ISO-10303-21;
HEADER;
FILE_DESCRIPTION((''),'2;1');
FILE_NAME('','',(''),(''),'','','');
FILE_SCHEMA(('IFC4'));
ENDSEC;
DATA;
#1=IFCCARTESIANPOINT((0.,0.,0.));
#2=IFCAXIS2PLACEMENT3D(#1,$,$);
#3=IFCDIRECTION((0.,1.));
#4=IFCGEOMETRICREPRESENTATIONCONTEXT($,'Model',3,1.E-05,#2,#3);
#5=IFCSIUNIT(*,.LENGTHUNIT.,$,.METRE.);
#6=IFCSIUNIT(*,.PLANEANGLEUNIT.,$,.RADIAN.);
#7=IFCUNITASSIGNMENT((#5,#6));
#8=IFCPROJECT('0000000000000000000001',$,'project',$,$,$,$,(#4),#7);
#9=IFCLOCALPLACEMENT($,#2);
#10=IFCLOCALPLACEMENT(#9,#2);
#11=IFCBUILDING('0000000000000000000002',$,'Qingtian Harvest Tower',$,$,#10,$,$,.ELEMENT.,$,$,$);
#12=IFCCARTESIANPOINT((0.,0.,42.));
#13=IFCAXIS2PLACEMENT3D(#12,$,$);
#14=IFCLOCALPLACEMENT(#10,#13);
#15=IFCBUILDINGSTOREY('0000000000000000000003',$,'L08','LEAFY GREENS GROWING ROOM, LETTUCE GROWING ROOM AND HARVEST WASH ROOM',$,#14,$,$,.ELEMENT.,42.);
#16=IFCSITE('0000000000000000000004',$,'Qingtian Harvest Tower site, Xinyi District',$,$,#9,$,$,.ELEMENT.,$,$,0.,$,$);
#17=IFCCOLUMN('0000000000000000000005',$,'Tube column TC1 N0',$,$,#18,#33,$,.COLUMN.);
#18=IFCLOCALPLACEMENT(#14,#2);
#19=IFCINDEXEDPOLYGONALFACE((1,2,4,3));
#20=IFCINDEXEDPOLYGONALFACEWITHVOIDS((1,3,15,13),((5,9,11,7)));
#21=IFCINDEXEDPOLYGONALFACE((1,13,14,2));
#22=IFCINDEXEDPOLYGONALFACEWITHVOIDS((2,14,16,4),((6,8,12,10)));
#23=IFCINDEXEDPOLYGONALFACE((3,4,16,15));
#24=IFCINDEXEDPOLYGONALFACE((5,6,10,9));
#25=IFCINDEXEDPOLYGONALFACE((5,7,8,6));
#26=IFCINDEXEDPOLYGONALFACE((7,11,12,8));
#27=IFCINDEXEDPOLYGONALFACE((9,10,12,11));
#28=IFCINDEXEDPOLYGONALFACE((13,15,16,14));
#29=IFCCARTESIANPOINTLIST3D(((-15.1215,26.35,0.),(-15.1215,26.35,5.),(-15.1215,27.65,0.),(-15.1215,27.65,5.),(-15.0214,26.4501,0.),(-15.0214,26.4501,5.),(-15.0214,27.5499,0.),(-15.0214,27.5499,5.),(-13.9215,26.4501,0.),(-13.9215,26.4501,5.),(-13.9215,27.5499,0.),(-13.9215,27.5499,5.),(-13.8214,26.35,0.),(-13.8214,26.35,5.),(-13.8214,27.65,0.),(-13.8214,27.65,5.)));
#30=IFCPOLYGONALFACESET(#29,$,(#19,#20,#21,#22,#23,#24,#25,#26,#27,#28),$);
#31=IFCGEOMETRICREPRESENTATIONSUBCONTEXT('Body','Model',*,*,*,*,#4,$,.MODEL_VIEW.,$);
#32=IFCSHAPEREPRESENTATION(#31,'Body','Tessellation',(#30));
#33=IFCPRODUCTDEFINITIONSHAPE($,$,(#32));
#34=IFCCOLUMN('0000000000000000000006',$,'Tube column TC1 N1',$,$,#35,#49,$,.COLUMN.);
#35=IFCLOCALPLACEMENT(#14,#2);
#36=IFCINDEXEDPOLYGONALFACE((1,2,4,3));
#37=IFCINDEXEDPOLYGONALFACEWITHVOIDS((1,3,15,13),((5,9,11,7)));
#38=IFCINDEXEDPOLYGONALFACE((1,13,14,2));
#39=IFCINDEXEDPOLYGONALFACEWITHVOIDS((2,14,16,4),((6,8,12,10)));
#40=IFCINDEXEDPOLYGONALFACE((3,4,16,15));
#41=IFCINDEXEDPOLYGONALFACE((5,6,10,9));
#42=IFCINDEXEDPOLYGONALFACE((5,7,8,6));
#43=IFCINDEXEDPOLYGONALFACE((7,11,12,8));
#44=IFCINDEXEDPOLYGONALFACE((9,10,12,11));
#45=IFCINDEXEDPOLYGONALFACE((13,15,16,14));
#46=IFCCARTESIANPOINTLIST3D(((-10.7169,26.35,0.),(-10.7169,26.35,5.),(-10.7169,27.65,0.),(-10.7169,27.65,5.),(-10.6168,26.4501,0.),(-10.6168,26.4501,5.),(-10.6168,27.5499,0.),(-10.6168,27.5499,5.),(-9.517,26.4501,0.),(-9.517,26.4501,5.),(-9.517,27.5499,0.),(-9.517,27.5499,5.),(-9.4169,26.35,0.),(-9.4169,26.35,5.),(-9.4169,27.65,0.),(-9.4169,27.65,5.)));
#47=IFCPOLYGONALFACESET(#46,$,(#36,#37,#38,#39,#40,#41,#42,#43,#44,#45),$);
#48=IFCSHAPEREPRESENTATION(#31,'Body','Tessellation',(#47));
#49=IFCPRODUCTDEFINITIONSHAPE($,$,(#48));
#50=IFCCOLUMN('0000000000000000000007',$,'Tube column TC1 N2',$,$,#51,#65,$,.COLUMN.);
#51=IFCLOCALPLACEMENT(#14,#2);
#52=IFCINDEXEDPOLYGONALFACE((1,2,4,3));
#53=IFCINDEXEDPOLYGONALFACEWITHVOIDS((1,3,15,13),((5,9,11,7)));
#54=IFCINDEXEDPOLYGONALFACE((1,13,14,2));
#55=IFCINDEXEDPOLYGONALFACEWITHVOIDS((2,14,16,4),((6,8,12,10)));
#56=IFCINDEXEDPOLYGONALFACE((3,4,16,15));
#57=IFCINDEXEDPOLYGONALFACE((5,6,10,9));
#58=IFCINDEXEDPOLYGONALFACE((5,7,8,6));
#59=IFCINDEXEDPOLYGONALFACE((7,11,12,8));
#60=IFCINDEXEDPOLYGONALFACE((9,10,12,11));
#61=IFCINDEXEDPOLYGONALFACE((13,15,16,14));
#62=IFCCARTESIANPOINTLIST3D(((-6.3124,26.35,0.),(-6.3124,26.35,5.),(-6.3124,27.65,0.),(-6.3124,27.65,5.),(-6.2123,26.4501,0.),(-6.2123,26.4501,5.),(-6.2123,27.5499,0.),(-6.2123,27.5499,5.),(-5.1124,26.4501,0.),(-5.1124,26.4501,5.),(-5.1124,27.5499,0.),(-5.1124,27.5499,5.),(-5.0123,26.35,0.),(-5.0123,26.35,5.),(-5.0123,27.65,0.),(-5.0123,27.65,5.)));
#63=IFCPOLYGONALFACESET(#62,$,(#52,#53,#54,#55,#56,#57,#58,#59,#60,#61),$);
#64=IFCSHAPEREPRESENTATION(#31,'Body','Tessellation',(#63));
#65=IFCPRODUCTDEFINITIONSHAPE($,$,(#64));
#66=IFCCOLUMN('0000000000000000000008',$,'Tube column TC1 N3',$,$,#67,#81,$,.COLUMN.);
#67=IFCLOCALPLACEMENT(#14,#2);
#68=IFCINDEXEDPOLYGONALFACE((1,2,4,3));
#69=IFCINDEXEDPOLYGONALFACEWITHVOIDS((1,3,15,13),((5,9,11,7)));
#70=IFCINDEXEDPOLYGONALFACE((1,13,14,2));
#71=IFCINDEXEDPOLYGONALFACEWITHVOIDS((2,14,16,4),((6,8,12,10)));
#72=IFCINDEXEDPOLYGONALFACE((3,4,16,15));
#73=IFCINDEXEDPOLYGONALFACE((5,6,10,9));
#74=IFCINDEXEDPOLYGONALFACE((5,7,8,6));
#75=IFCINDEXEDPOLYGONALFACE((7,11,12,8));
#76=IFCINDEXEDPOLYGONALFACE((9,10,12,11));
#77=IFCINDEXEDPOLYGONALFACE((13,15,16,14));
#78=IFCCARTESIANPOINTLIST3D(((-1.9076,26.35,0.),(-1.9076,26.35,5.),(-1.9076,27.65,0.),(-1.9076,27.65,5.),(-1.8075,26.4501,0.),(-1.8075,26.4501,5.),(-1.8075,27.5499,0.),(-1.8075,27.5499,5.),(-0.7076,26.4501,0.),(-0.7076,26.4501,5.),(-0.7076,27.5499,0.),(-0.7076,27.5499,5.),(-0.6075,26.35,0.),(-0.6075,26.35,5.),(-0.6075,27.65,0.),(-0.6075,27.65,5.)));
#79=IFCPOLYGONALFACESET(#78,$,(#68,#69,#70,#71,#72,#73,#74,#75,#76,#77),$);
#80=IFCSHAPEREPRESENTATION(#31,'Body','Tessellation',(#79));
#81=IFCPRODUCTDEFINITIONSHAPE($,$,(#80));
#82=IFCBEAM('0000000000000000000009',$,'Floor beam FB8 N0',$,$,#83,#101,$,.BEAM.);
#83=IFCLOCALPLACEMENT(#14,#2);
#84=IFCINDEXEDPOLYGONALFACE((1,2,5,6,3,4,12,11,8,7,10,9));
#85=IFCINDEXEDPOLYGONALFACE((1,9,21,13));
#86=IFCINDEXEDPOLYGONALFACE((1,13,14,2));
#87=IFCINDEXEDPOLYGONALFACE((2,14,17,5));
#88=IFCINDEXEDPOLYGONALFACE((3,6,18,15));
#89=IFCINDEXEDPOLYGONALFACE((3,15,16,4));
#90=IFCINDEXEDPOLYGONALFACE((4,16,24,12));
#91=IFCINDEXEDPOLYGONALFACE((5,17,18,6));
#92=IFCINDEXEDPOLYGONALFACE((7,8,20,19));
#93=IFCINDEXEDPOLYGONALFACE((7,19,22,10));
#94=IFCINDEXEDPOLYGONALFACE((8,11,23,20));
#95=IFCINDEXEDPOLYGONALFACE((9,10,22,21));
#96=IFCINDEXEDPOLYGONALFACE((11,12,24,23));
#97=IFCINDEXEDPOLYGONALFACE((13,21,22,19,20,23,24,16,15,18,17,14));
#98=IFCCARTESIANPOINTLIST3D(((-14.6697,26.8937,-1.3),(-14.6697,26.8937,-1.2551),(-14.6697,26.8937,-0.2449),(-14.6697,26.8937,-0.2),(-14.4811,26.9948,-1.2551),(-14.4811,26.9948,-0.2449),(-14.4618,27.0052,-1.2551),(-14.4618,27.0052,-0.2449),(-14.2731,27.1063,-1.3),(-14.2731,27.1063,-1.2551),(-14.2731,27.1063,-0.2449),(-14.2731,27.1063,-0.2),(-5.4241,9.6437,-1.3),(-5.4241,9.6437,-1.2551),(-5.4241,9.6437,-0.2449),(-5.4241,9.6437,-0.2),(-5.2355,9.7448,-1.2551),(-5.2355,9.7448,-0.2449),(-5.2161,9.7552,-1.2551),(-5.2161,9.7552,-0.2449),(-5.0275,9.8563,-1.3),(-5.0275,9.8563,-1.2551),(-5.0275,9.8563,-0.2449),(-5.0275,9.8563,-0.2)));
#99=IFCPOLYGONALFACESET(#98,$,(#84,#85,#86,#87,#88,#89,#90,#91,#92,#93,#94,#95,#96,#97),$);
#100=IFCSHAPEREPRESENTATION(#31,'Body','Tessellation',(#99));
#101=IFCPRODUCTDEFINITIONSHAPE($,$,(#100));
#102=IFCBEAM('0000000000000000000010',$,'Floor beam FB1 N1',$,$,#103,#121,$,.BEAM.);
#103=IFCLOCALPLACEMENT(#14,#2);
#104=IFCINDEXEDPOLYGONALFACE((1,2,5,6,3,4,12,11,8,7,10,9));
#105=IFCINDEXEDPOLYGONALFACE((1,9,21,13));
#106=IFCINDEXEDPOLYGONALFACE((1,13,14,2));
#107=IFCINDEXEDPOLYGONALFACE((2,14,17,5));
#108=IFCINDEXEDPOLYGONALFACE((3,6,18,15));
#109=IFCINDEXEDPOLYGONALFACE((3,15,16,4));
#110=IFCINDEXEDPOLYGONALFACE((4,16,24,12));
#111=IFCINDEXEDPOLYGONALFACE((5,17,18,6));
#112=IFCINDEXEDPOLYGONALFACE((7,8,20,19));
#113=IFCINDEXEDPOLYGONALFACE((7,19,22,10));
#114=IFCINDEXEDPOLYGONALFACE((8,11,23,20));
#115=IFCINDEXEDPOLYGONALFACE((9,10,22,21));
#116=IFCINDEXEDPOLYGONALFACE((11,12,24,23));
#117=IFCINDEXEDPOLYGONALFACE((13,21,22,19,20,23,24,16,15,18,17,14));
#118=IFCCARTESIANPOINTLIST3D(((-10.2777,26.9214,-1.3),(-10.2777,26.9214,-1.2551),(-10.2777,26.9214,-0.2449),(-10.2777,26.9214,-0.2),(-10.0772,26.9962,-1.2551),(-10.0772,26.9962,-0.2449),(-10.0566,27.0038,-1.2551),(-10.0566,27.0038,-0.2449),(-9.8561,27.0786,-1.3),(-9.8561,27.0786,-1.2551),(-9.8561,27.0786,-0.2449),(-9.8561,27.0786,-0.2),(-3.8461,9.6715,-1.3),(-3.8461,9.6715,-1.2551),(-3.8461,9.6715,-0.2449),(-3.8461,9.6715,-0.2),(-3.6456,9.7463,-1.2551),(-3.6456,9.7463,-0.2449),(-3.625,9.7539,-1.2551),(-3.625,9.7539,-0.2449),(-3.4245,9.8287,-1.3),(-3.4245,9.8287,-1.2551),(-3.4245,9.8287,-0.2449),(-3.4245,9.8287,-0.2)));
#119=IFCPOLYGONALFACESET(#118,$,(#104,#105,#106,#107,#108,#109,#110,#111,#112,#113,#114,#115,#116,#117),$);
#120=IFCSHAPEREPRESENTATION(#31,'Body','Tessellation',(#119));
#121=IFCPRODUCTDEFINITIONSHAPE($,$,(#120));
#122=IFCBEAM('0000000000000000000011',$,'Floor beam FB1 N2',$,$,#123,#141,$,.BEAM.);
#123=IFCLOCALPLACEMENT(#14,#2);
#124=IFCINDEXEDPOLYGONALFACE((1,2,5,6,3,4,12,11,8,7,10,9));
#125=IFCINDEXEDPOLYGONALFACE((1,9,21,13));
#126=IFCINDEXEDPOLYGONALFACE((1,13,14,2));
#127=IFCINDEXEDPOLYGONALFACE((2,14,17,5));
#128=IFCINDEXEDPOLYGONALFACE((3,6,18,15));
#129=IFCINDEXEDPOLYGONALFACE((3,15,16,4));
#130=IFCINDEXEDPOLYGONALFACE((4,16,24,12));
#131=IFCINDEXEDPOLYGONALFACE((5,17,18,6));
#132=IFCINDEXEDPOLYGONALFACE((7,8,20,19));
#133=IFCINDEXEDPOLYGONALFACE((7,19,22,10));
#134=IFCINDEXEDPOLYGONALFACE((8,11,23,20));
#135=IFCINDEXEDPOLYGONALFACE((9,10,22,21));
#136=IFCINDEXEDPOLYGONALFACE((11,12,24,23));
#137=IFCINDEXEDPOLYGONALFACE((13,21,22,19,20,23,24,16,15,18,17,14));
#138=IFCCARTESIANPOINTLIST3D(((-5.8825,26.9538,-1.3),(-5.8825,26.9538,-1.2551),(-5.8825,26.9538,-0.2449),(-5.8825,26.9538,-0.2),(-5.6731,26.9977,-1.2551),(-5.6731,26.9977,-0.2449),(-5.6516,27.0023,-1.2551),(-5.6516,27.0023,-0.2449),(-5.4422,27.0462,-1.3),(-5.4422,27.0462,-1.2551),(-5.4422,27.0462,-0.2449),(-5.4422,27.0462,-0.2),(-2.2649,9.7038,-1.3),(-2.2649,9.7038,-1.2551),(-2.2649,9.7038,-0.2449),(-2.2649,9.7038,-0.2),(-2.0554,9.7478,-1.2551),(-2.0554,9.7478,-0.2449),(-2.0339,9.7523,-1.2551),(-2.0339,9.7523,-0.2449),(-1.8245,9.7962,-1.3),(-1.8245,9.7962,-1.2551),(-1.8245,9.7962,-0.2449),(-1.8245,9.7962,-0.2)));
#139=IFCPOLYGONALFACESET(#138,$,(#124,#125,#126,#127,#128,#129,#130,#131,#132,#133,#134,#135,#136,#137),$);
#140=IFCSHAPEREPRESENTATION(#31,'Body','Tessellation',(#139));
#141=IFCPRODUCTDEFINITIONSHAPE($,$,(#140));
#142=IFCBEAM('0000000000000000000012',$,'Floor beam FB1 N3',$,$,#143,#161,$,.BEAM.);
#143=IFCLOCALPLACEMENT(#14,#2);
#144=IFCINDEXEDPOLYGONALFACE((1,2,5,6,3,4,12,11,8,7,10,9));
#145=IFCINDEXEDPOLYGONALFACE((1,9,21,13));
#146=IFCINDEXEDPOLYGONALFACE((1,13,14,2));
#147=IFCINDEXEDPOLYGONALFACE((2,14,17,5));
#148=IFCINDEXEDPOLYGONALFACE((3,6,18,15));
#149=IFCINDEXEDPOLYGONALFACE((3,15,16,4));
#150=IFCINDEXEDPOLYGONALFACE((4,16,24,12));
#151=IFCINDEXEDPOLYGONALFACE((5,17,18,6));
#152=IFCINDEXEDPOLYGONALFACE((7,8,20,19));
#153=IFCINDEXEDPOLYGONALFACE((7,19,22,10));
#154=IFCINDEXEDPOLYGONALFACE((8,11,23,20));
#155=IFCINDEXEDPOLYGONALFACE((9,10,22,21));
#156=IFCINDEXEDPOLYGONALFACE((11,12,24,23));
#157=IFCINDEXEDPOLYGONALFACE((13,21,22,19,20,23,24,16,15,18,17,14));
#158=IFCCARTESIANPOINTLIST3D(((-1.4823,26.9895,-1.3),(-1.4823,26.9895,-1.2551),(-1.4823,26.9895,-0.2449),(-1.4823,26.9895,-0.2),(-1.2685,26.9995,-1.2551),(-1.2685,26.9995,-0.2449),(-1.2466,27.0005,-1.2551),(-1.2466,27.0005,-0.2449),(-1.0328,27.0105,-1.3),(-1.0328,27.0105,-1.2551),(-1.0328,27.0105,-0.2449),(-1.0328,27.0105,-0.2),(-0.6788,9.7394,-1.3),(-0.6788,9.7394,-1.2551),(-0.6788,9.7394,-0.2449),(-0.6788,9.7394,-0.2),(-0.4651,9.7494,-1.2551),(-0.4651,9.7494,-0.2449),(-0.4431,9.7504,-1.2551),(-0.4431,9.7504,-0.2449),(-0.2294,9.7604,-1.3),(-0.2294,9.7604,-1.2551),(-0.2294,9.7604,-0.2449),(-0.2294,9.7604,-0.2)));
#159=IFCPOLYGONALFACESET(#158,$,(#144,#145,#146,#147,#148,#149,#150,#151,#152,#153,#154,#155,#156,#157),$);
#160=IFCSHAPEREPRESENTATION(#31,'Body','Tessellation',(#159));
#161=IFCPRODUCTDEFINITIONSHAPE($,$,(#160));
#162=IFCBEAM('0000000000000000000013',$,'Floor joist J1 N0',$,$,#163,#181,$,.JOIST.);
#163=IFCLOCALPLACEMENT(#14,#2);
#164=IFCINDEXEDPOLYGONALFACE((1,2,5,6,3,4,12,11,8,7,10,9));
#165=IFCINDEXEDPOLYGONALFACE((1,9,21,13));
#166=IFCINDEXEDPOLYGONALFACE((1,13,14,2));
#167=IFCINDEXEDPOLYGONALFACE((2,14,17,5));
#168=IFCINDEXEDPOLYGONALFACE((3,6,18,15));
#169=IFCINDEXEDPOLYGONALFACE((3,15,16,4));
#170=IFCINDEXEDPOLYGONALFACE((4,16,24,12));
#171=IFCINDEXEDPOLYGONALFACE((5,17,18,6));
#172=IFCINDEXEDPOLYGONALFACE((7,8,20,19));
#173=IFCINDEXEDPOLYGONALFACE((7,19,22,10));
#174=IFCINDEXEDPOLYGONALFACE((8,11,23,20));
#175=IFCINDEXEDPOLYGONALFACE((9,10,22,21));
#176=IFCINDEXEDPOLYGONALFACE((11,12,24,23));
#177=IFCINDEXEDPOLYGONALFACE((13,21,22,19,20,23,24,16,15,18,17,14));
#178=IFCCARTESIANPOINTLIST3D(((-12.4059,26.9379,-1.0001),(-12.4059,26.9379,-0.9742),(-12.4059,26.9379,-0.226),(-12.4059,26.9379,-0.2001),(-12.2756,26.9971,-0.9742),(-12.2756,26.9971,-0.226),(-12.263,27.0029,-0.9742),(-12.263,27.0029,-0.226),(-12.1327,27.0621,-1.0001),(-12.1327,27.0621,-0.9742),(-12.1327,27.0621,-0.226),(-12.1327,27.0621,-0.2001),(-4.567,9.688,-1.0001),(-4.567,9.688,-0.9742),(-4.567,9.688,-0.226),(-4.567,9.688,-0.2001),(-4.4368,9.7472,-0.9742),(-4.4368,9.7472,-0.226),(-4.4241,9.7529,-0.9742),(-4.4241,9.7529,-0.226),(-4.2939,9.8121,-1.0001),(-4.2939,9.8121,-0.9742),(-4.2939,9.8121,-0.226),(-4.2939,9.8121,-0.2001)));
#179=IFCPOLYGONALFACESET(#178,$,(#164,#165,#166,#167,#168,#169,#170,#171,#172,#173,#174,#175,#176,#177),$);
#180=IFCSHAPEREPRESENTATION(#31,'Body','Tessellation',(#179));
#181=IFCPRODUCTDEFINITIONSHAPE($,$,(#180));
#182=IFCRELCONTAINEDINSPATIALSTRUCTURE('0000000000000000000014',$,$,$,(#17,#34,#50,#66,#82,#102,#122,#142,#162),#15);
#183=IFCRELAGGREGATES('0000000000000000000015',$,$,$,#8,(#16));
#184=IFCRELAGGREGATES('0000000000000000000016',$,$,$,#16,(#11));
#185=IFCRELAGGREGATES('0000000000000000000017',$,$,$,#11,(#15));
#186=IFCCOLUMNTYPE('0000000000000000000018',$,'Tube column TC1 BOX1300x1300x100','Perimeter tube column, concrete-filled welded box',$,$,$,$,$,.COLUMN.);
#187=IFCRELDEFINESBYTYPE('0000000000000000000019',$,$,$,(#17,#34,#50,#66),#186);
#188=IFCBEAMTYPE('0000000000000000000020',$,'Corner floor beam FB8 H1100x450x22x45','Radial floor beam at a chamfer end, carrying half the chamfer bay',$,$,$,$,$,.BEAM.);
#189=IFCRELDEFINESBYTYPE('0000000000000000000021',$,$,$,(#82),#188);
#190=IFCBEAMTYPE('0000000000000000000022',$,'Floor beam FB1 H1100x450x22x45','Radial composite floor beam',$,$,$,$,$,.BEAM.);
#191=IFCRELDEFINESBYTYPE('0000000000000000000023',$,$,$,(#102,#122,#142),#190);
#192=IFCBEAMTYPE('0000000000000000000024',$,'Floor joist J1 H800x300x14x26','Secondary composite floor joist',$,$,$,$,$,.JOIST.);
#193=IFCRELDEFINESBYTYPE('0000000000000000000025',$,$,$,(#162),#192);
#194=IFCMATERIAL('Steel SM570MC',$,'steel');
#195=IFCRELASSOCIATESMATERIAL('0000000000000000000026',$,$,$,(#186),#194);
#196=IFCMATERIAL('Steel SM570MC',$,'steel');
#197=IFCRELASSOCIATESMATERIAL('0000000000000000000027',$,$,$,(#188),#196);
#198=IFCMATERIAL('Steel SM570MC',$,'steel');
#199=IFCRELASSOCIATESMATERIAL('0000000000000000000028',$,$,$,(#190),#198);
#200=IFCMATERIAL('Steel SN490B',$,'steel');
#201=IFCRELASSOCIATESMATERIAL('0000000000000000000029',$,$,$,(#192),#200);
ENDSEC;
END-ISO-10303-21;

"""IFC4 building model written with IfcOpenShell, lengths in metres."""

from ifc_helpers import new_model, si_unit, direction, frame, origin, origin_2d, place, context, subcontext, project, spatial, hollow_rectangle, i_section, extrude, material, material_profile, profile_set, type_object, element, save


model = new_model("IFC4")

# Units and contexts
model_context = context("Model", 3, precision=1e-05, world=origin(), true_north=direction((0.0, 1.0)))
body_context = subcontext(model_context, "Body", "Model", "MODEL_VIEW")
ifc_project = project(units=[si_unit("LENGTHUNIT", "METRE"), si_unit("PLANEANGLEUNIT", "RADIAN")], contexts=[model_context])

# Site, building, storey
site_placement = place(None, origin())
site = spatial("IfcSite", under=ifc_project, at=site_placement, Name="Qingtian Harvest Tower site, Xinyi District", CompositionType="ELEMENT", RefElevation=0.0)
building_placement = place(site_placement, origin())
building = spatial("IfcBuilding", under=site, at=building_placement, Name="Qingtian Harvest Tower", CompositionType="ELEMENT")
storey_placement = place(building_placement, frame((0.0, 0.0, 42.0)))
storey = spatial("IfcBuildingStorey", under=building, at=storey_placement, Name="L08", Description="LEAFY GREENS GROWING ROOM, LETTUCE GROWING ROOM AND HARVEST WASH ROOM", CompositionType="ELEMENT", Elevation=42.0)

# Columns
ifc_material_1 = material(Name="Steel SM570MC", Category="steel")
ifc_material_profile_1 = material_profile(ifc_material_1, hollow_rectangle(XDim=1.3, YDim=1.3, WallThickness=0.1001, at=origin_2d()), Name="BOX1300x1300x100")
ifc_profile_set_1 = profile_set([ifc_material_profile_1], Name="Steel SM570MC")
column_type = type_object("IfcColumnType", Name="Tube column TC1 BOX1300x1300x100", Description="Perimeter tube column, concrete-filled welded box", PredefinedType="COLUMN", material=ifc_profile_set_1)
for number, where, z_axis, x_axis, name in (
    (1, (-14.4714, 27.0, 0.0), (0.0, 0.0, 1.0), (-1.0, 0.0, 0.0), "Tube column TC1 N0"),
    (2, (-10.0669, 27.0, 0.0), (0.0, 0.0, 1.0), (-1.0, 0.0, 0.0), "Tube column TC1 N1"),
    (3, (-5.6624, 27.0, 0.0), (0.0, 0.0, 1.0), (-1.0, 0.0, 0.0), "Tube column TC1 N2"),
    (4, (-1.2576, 27.0, 0.0), (0.0, 0.0, 1.0), (-1.0, 0.0, 0.0), "Tube column TC1 N3"),
):
    element("IfcColumn", number, at=place(storey_placement, frame(where, z_axis=z_axis, x_axis=x_axis)), inside=storey, type_object=column_type, Name=name, PredefinedType="COLUMN", context=body_context, shape_type="SweptSolid", body=[
        extrude(hollow_rectangle(XDim=1.3, YDim=1.3, WallThickness=0.1001, at=origin_2d()), origin(), (0.0, 0.0, 1.0), 5.0),
    ])

# Beams
ifc_material_2 = material(Name="Steel SM570MC", Category="steel")
ifc_material_profile_2 = material_profile(ifc_material_2, i_section(OverallWidth=0.45, OverallDepth=1.1001, WebThickness=0.022, FlangeThickness=0.0449, at=origin_2d()), Name="H1100x450x22x45")
ifc_profile_set_2 = profile_set([ifc_material_profile_2], Name="Steel SM570MC")
beam_type_1 = type_object("IfcBeamType", Name="Corner floor beam FB8 H1100x450x22x45", Description="Radial floor beam at a chamfer end, carrying half the chamfer bay", PredefinedType="BEAM", material=ifc_profile_set_2)
beam_1_placement = place(storey_placement, frame((-14.4714, 27.0, -0.75), z_axis=(0.472401, -0.881384, 0.0), x_axis=(0.881384, 0.472401, 0.0)))
element("IfcBeam", 5, at=beam_1_placement, inside=storey, type_object=beam_type_1, Name="Floor beam FB8 N0", PredefinedType="BEAM", context=body_context, shape_type="SweptSolid", body=[
    extrude(i_section(OverallWidth=0.45, OverallDepth=1.1001, WebThickness=0.022, FlangeThickness=0.0449, at=origin_2d()), origin(), (0.0, 0.0, 1.0), 19.5715),
])
ifc_material_3 = material(Name="Steel SM570MC", Category="steel")
ifc_material_profile_3 = material_profile(ifc_material_3, i_section(OverallWidth=0.45, OverallDepth=1.1001, WebThickness=0.022, FlangeThickness=0.0449, at=origin_2d()), Name="H1100x450x22x45")
ifc_profile_set_3 = profile_set([ifc_material_profile_3], Name="Steel SM570MC")
beam_type_2 = type_object("IfcBeamType", Name="Floor beam FB1 H1100x450x22x45", Description="Radial composite floor beam", PredefinedType="BEAM", material=ifc_profile_set_3)
beam_2_placement = place(storey_placement, frame((-10.0669, 27.0, -0.75), z_axis=(0.349356, -0.93699, 0.0), x_axis=(0.93699, 0.349356, 0.0)))
element("IfcBeam", 6, at=beam_2_placement, inside=storey, type_object=beam_type_2, Name="Floor beam FB1 N1", PredefinedType="BEAM", context=body_context, shape_type="SweptSolid", body=[
    extrude(i_section(OverallWidth=0.45, OverallDepth=1.1001, WebThickness=0.022, FlangeThickness=0.0449, at=origin_2d()), origin(), (0.0, 0.0, 1.0), 18.4099),
])
beam_3_placement = place(storey_placement, frame((-5.6624, 27.0, -0.75), z_axis=(0.205255, -0.978709, 0.0), x_axis=(0.978709, 0.205255, 0.0)))
element("IfcBeam", 7, at=beam_3_placement, inside=storey, type_object=beam_type_2, Name="Floor beam FB1 N2", PredefinedType="BEAM", context=body_context, shape_type="SweptSolid", body=[
    extrude(i_section(OverallWidth=0.45, OverallDepth=1.1001, WebThickness=0.022, FlangeThickness=0.0449, at=origin_2d()), origin(), (0.0, 0.0, 1.0), 17.6252),
])
beam_4_placement = place(storey_placement, frame((-1.2576, 27.0, -0.75), z_axis=(0.046527, -0.998917, 0.0), x_axis=(0.998917, 0.046527, 0.0)))
element("IfcBeam", 8, at=beam_4_placement, inside=storey, type_object=beam_type_2, Name="Floor beam FB1 N3", PredefinedType="BEAM", context=body_context, shape_type="SweptSolid", body=[
    extrude(i_section(OverallWidth=0.45, OverallDepth=1.1001, WebThickness=0.022, FlangeThickness=0.0449, at=origin_2d()), origin(), (0.0, 0.0, 1.0), 17.2688),
])
ifc_material_4 = material(Name="Steel SN490B", Category="steel")
ifc_material_profile_4 = material_profile(ifc_material_4, i_section(OverallWidth=0.3, OverallDepth=0.8, WebThickness=0.0139, FlangeThickness=0.0259, at=origin_2d()), Name="H800x300x14x26")
ifc_profile_set_4 = profile_set([ifc_material_profile_4], Name="Steel SN490B")
beam_type_3 = type_object("IfcBeamType", Name="Floor joist J1 H800x300x14x26", Description="Secondary composite floor joist", PredefinedType="JOIST", material=ifc_profile_set_4)
beam_5_placement = place(storey_placement, frame((-12.2693, 27.0, -0.6001), z_axis=(0.413714, -0.910407, 0.0), x_axis=(0.910407, 0.413714, 0.0)))
element("IfcBeam", 9, at=beam_5_placement, inside=storey, type_object=beam_type_3, Name="Floor joist J1 N0", PredefinedType="JOIST", context=body_context, shape_type="SweptSolid", body=[
    extrude(i_section(OverallWidth=0.3, OverallDepth=0.8, WebThickness=0.0139, FlangeThickness=0.0259, at=origin_2d()), origin(), (0.0, 0.0, 1.0), 18.9475),
])

save(model, "model.ifc")
